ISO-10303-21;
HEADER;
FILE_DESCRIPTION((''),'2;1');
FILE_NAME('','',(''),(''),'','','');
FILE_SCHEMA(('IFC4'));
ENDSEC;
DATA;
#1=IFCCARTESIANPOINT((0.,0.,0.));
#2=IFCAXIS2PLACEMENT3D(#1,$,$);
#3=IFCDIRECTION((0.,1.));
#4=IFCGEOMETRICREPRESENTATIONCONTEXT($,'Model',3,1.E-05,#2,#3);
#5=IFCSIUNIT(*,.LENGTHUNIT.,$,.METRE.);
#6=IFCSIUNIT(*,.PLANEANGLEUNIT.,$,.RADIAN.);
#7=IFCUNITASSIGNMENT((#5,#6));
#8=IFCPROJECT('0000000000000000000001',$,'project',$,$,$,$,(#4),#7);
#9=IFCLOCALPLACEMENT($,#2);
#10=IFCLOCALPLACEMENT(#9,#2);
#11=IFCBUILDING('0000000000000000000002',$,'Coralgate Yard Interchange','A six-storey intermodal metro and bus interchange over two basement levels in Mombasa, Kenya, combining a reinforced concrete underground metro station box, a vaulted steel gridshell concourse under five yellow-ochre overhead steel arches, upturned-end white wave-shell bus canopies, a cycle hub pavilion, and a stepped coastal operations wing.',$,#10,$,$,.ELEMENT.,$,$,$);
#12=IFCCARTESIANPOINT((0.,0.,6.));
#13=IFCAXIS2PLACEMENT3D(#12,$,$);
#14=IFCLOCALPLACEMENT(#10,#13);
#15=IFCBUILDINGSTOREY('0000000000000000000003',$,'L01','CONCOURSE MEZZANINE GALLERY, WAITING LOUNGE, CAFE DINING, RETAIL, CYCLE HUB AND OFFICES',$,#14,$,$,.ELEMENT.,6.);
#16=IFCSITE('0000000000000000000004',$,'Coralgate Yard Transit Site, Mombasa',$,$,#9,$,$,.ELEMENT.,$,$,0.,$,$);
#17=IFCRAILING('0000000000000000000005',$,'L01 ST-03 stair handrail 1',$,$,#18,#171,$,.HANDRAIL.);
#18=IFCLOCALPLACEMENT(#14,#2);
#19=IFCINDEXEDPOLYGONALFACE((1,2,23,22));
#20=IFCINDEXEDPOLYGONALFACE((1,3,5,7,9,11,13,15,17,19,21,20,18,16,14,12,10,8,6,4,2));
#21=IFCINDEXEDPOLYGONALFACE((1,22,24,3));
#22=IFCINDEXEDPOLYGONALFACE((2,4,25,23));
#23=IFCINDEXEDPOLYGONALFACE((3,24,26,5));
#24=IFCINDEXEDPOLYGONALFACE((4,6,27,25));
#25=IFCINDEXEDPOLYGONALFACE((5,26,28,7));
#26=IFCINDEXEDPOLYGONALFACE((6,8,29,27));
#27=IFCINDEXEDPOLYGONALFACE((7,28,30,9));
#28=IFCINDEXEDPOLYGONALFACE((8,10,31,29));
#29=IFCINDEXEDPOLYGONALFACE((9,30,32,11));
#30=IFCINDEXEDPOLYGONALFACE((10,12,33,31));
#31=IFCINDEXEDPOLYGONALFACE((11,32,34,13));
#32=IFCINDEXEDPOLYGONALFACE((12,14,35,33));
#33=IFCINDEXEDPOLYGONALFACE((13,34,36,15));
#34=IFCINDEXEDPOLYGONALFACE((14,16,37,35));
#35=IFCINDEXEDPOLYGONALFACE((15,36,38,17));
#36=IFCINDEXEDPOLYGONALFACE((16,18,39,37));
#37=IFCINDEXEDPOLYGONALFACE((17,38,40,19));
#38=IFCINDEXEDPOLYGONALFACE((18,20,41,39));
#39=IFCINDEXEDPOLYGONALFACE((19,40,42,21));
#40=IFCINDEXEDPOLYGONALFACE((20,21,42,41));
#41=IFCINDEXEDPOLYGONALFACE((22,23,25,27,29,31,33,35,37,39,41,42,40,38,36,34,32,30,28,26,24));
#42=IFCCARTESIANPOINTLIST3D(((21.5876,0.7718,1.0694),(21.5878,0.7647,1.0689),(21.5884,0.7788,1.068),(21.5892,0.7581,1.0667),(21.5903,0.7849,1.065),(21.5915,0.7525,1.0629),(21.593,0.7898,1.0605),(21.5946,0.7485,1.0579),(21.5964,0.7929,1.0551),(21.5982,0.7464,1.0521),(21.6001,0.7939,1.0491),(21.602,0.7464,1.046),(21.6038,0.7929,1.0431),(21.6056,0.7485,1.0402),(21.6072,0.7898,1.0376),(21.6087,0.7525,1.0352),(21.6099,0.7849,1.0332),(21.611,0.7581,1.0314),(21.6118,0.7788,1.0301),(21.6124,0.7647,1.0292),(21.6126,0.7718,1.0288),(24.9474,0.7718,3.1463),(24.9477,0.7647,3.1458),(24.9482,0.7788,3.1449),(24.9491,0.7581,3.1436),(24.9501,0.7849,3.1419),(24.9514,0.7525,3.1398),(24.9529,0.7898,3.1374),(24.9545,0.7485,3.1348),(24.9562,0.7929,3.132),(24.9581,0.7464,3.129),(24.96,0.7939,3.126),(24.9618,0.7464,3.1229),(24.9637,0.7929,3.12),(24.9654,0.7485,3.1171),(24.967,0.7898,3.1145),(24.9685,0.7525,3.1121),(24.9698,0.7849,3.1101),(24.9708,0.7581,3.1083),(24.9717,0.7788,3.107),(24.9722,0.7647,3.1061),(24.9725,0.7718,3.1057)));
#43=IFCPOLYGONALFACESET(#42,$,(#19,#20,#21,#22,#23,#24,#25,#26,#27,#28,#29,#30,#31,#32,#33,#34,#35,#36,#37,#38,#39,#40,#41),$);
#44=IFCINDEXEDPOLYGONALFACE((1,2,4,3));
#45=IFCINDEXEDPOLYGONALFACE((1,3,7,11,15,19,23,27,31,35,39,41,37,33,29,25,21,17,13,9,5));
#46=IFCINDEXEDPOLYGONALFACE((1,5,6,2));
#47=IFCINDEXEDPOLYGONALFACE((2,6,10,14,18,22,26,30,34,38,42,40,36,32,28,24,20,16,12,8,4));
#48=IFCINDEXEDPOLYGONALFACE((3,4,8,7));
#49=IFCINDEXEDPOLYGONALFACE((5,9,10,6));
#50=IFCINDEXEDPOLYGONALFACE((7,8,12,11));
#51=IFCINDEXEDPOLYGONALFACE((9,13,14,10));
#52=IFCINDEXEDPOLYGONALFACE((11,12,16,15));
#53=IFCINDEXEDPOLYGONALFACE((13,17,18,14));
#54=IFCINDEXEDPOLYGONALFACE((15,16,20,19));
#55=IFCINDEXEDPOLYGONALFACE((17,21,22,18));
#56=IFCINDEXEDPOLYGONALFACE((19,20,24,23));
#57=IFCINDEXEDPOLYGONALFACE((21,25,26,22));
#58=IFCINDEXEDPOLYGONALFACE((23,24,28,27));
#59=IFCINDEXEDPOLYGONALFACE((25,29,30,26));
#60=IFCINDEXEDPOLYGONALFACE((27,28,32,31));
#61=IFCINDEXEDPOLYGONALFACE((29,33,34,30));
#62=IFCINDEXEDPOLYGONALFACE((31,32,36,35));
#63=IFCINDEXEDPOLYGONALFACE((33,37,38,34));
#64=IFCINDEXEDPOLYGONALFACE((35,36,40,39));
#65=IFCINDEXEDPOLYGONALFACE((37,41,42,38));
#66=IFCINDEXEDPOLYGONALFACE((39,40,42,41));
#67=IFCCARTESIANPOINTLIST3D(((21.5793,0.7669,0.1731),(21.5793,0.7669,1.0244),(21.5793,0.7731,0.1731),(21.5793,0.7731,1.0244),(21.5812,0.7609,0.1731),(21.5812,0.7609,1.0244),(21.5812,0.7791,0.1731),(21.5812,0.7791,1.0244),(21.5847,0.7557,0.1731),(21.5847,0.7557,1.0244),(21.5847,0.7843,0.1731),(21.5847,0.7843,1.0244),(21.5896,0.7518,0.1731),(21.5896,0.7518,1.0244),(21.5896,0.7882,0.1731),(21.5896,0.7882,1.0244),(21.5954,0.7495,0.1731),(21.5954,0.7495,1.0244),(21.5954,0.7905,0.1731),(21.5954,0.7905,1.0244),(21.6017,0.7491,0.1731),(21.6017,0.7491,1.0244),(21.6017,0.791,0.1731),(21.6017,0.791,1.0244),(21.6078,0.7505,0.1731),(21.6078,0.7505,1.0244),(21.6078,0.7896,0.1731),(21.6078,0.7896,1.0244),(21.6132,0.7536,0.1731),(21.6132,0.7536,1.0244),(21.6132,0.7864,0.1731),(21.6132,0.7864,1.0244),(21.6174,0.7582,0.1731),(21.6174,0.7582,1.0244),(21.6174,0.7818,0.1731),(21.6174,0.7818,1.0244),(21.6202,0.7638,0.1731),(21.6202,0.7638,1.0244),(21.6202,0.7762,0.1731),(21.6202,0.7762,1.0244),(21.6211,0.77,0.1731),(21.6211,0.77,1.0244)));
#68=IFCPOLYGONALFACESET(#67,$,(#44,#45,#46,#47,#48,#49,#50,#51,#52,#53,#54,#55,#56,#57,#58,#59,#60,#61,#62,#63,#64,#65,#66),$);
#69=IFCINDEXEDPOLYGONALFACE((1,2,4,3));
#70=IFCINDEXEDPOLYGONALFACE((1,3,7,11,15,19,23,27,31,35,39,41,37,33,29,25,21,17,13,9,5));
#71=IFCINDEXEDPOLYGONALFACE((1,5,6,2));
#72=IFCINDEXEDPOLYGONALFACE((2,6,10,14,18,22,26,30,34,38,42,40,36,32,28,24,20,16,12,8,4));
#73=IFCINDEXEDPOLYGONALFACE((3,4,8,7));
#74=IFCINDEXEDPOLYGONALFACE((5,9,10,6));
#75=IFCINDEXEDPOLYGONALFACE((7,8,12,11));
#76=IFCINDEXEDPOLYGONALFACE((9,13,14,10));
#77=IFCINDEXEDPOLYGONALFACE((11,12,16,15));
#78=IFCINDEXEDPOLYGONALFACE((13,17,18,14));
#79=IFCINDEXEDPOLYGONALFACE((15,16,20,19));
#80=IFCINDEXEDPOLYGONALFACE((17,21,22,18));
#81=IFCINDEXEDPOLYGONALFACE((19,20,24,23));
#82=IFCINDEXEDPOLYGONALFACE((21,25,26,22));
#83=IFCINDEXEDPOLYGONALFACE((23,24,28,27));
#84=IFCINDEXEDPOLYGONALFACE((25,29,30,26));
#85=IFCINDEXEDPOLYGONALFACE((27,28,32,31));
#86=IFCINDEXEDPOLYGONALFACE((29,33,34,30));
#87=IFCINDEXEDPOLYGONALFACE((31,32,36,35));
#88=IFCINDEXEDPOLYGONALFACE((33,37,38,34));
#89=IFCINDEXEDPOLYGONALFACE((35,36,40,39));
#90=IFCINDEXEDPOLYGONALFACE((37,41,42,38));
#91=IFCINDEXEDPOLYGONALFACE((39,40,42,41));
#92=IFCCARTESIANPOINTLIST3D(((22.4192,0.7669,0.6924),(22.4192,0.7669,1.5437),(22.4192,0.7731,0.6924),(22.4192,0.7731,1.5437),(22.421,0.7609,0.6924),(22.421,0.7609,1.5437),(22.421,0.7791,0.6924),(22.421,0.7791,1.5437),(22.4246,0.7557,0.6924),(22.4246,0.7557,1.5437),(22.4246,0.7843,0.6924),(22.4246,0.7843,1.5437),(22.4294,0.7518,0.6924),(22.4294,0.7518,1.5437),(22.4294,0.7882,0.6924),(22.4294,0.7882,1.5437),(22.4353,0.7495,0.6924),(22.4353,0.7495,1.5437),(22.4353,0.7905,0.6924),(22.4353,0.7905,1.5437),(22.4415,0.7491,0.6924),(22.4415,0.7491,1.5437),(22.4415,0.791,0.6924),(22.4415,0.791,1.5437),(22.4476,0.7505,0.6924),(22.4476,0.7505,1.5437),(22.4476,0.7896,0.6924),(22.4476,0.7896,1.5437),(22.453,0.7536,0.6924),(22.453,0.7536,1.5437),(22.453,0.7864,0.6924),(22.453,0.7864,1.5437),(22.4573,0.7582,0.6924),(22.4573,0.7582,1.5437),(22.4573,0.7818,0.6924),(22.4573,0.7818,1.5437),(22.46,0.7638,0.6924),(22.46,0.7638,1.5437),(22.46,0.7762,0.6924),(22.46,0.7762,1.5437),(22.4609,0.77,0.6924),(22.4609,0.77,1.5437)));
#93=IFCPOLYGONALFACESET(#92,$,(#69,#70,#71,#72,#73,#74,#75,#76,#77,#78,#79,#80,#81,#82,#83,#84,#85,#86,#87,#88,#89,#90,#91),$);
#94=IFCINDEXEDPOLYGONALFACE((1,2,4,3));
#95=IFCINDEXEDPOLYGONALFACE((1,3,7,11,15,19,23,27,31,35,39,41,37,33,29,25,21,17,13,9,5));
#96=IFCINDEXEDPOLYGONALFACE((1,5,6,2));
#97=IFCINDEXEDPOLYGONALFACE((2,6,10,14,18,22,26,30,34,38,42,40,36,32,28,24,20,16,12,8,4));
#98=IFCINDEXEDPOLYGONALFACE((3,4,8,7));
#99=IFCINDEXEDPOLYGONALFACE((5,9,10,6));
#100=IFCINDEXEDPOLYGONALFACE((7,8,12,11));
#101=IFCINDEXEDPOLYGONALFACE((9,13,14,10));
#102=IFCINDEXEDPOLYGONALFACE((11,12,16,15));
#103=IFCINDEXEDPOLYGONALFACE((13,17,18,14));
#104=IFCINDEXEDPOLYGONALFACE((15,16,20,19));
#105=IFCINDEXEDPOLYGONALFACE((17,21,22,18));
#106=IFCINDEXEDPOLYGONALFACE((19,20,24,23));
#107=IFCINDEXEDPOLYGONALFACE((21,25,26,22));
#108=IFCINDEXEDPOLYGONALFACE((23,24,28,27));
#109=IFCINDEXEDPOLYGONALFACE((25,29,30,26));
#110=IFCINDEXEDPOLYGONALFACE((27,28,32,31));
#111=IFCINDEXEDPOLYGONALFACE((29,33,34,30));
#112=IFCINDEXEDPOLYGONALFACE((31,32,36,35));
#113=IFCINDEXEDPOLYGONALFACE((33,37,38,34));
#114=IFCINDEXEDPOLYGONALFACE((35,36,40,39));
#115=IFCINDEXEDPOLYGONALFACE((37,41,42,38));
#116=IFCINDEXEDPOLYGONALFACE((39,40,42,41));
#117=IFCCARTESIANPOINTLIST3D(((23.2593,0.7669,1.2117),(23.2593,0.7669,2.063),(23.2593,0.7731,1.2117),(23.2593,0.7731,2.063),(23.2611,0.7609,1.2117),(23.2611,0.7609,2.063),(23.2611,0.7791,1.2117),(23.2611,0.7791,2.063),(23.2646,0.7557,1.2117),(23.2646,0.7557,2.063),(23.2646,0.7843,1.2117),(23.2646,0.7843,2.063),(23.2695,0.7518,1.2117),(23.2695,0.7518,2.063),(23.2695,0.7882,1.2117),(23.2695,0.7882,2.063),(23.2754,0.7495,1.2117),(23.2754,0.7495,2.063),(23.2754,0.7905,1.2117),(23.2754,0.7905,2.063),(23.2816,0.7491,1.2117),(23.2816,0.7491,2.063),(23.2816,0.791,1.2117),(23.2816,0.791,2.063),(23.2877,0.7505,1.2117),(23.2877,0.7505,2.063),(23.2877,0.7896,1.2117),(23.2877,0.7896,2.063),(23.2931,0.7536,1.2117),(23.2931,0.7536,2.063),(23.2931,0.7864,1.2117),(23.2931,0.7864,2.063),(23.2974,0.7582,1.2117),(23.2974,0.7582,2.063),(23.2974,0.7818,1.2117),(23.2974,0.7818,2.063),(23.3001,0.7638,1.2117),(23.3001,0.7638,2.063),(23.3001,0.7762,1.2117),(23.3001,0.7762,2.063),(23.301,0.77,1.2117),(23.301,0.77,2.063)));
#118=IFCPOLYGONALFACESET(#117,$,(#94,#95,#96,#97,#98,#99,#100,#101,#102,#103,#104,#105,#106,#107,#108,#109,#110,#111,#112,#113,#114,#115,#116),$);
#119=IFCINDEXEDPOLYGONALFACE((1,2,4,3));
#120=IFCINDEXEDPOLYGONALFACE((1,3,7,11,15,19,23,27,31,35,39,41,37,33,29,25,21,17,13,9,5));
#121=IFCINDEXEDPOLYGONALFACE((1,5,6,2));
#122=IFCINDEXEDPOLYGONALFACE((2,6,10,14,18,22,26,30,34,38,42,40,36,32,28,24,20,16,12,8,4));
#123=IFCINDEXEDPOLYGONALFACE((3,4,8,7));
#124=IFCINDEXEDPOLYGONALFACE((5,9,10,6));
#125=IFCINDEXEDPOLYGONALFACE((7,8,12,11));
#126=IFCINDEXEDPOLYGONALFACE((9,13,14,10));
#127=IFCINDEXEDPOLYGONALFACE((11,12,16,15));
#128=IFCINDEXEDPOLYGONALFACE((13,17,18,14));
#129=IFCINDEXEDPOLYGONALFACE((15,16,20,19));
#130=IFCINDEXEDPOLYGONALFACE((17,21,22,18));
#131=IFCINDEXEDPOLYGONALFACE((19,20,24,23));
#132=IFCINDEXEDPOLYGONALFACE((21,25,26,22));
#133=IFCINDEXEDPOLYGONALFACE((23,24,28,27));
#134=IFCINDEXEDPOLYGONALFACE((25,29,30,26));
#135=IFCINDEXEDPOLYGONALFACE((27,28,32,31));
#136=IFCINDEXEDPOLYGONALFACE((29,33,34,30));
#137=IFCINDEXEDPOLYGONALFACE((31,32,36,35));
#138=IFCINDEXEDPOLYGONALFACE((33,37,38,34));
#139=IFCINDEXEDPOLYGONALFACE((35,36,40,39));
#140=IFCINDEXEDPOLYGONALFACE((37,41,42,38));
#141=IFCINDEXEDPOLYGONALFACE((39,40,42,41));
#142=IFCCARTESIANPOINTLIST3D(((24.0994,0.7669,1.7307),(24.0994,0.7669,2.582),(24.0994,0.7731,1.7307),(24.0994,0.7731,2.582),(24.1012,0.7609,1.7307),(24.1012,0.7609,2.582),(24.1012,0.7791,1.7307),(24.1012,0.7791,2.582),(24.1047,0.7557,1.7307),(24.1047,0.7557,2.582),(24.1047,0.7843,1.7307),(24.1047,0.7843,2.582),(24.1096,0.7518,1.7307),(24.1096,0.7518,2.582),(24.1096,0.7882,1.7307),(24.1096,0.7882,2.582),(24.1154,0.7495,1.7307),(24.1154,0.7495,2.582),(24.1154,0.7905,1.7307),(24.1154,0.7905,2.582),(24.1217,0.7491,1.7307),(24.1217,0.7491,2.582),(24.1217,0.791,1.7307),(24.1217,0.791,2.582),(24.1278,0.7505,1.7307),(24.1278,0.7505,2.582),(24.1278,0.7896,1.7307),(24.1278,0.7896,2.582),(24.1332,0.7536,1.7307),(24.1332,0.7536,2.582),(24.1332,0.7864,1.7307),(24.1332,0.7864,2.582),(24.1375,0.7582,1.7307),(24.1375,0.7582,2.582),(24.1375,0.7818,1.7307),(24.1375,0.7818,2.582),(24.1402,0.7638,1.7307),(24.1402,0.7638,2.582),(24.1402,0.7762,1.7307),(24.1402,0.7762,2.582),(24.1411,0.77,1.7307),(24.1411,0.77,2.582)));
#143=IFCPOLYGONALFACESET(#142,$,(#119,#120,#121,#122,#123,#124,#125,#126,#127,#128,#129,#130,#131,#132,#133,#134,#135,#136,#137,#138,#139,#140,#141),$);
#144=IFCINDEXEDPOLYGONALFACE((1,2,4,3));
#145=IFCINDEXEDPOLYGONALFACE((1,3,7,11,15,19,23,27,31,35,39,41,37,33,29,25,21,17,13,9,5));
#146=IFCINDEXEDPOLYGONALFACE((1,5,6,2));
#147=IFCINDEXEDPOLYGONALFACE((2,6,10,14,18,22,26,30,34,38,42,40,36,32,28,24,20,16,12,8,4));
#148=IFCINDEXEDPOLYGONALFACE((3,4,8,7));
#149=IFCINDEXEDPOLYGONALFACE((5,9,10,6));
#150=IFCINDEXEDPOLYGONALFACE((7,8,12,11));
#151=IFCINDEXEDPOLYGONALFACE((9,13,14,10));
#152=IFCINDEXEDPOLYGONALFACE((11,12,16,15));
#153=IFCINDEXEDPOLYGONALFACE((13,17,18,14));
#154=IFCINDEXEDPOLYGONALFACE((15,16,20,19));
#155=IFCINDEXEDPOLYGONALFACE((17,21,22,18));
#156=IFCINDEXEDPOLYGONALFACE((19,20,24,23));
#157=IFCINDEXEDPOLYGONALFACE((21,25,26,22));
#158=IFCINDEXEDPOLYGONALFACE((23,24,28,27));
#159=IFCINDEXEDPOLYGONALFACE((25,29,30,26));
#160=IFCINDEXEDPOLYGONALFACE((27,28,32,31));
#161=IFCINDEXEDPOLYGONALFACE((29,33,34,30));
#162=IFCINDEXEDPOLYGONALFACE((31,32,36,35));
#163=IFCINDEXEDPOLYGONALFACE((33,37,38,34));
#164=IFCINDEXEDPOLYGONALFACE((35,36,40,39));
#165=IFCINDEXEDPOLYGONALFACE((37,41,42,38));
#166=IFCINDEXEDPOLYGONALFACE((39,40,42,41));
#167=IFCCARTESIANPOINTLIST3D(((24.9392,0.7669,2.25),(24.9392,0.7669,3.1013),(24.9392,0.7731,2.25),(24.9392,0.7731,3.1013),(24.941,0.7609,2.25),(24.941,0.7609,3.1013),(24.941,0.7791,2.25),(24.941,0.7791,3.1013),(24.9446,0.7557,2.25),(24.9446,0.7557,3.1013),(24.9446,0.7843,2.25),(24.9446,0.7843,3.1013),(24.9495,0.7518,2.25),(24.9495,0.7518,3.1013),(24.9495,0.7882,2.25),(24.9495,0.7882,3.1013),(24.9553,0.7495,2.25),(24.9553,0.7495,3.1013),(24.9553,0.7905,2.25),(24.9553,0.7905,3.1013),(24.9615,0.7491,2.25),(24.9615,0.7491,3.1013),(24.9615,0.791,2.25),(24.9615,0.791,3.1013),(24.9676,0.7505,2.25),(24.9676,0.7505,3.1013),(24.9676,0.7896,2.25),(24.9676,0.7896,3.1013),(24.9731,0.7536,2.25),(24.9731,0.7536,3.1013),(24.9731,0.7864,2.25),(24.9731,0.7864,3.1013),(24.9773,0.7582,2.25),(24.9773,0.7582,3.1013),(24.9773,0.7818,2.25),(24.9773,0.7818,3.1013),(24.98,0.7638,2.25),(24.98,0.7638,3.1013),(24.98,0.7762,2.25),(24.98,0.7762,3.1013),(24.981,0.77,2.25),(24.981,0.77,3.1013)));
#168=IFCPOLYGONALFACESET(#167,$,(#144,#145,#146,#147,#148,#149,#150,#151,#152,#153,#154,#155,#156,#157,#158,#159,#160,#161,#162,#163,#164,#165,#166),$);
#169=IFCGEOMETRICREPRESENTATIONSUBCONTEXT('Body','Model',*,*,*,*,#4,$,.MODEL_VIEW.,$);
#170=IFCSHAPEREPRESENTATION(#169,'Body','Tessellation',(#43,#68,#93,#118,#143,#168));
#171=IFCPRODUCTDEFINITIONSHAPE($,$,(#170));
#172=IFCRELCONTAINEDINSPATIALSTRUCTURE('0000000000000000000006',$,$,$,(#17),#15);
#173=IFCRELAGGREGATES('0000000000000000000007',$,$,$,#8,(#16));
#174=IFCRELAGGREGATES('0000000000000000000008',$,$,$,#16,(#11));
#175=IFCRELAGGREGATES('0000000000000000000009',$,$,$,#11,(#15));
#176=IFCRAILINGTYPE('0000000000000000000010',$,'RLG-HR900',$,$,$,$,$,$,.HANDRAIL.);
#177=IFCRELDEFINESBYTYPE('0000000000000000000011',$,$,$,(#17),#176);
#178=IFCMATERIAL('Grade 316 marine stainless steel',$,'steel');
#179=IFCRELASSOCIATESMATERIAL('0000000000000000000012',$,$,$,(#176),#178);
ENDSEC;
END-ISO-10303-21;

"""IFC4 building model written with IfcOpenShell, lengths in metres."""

from ifc_helpers import new_model, si_unit, direction, frame, origin, origin_2d, place, context, subcontext, project, spatial, circle, extrude, material, type_object, element, save


model = new_model("IFC4")

# Units and contexts
model_context = context("Model", 3, precision=1e-05, world=origin(), true_north=direction((0.0, 1.0)))
body_context = subcontext(model_context, "Body", "Model", "MODEL_VIEW")
ifc_project = project(units=[si_unit("LENGTHUNIT", "METRE"), si_unit("PLANEANGLEUNIT", "RADIAN")], contexts=[model_context])

# Site, building, storey
site_placement = place(None, origin())
site = spatial("IfcSite", under=ifc_project, at=site_placement, Name="Coralgate Yard Transit Site, Mombasa", CompositionType="ELEMENT", RefElevation=0.0)
building_placement = place(site_placement, origin())
building = spatial("IfcBuilding", under=site, at=building_placement, Name="Coralgate Yard Interchange", Description="A six-storey intermodal metro and bus interchange over two basement levels in Mombasa, Kenya, combining a reinforced concrete underground metro station box, a vaulted steel gridshell concourse under five yellow-ochre overhead steel arches, upturned-end white wave-shell bus canopies, a cycle hub pavilion, and a stepped coastal operations wing.", CompositionType="ELEMENT")
storey_placement = place(building_placement, frame((0.0, 0.0, 6.0)))
storey = spatial("IfcBuildingStorey", under=building, at=storey_placement, Name="L01", Description="CONCOURSE MEZZANINE GALLERY, WAITING LOUNGE, CAFE DINING, RETAIL, CYCLE HUB AND OFFICES", CompositionType="ELEMENT", Elevation=6.0)

# Railing
ifc_material_1 = material(Name="Grade 316 marine stainless steel", Category="steel")
railing_type_1 = type_object("IfcRailingType", Name="RLG-HR900", PredefinedType="HANDRAIL", material=ifc_material_1)
railing_1_placement = place(storey_placement, frame((21.6001, 0.77, 0.1731)))
element("IfcRailing", 1, at=railing_1_placement, inside=storey, type_object=railing_type_1, Name="L01 ST-03 stair handrail 1", PredefinedType="HANDRAIL", context=body_context, shape_type="SweptSolid", body=[
    extrude(circle(Radius=0.0239, at=origin_2d()), frame((0.0, 0.0, 0.876), z_axis=(0.850606, 0.0, 0.525803), x_axis=(0.0, 1.0, 0.0)), (0.0, 0.0, 1.0), 3.95),
    extrude(circle(Radius=0.021, at=origin_2d()), origin(), (0.0, 0.0, 1.0), 0.8513),
    extrude(circle(Radius=0.021, at=origin_2d()), frame((0.8398, 0.0, 0.5193)), (0.0, 0.0, 1.0), 0.8513),
    extrude(circle(Radius=0.021, at=origin_2d()), frame((1.6799, 0.0, 1.0386)), (0.0, 0.0, 1.0), 0.8513),
    extrude(circle(Radius=0.021, at=origin_2d()), frame((2.52, 0.0, 1.5576)), (0.0, 0.0, 1.0), 0.8513),
    extrude(circle(Radius=0.021, at=origin_2d()), frame((3.3599, 0.0, 2.0769)), (0.0, 0.0, 1.0), 0.8513),
])

save(model, "model.ifc")
